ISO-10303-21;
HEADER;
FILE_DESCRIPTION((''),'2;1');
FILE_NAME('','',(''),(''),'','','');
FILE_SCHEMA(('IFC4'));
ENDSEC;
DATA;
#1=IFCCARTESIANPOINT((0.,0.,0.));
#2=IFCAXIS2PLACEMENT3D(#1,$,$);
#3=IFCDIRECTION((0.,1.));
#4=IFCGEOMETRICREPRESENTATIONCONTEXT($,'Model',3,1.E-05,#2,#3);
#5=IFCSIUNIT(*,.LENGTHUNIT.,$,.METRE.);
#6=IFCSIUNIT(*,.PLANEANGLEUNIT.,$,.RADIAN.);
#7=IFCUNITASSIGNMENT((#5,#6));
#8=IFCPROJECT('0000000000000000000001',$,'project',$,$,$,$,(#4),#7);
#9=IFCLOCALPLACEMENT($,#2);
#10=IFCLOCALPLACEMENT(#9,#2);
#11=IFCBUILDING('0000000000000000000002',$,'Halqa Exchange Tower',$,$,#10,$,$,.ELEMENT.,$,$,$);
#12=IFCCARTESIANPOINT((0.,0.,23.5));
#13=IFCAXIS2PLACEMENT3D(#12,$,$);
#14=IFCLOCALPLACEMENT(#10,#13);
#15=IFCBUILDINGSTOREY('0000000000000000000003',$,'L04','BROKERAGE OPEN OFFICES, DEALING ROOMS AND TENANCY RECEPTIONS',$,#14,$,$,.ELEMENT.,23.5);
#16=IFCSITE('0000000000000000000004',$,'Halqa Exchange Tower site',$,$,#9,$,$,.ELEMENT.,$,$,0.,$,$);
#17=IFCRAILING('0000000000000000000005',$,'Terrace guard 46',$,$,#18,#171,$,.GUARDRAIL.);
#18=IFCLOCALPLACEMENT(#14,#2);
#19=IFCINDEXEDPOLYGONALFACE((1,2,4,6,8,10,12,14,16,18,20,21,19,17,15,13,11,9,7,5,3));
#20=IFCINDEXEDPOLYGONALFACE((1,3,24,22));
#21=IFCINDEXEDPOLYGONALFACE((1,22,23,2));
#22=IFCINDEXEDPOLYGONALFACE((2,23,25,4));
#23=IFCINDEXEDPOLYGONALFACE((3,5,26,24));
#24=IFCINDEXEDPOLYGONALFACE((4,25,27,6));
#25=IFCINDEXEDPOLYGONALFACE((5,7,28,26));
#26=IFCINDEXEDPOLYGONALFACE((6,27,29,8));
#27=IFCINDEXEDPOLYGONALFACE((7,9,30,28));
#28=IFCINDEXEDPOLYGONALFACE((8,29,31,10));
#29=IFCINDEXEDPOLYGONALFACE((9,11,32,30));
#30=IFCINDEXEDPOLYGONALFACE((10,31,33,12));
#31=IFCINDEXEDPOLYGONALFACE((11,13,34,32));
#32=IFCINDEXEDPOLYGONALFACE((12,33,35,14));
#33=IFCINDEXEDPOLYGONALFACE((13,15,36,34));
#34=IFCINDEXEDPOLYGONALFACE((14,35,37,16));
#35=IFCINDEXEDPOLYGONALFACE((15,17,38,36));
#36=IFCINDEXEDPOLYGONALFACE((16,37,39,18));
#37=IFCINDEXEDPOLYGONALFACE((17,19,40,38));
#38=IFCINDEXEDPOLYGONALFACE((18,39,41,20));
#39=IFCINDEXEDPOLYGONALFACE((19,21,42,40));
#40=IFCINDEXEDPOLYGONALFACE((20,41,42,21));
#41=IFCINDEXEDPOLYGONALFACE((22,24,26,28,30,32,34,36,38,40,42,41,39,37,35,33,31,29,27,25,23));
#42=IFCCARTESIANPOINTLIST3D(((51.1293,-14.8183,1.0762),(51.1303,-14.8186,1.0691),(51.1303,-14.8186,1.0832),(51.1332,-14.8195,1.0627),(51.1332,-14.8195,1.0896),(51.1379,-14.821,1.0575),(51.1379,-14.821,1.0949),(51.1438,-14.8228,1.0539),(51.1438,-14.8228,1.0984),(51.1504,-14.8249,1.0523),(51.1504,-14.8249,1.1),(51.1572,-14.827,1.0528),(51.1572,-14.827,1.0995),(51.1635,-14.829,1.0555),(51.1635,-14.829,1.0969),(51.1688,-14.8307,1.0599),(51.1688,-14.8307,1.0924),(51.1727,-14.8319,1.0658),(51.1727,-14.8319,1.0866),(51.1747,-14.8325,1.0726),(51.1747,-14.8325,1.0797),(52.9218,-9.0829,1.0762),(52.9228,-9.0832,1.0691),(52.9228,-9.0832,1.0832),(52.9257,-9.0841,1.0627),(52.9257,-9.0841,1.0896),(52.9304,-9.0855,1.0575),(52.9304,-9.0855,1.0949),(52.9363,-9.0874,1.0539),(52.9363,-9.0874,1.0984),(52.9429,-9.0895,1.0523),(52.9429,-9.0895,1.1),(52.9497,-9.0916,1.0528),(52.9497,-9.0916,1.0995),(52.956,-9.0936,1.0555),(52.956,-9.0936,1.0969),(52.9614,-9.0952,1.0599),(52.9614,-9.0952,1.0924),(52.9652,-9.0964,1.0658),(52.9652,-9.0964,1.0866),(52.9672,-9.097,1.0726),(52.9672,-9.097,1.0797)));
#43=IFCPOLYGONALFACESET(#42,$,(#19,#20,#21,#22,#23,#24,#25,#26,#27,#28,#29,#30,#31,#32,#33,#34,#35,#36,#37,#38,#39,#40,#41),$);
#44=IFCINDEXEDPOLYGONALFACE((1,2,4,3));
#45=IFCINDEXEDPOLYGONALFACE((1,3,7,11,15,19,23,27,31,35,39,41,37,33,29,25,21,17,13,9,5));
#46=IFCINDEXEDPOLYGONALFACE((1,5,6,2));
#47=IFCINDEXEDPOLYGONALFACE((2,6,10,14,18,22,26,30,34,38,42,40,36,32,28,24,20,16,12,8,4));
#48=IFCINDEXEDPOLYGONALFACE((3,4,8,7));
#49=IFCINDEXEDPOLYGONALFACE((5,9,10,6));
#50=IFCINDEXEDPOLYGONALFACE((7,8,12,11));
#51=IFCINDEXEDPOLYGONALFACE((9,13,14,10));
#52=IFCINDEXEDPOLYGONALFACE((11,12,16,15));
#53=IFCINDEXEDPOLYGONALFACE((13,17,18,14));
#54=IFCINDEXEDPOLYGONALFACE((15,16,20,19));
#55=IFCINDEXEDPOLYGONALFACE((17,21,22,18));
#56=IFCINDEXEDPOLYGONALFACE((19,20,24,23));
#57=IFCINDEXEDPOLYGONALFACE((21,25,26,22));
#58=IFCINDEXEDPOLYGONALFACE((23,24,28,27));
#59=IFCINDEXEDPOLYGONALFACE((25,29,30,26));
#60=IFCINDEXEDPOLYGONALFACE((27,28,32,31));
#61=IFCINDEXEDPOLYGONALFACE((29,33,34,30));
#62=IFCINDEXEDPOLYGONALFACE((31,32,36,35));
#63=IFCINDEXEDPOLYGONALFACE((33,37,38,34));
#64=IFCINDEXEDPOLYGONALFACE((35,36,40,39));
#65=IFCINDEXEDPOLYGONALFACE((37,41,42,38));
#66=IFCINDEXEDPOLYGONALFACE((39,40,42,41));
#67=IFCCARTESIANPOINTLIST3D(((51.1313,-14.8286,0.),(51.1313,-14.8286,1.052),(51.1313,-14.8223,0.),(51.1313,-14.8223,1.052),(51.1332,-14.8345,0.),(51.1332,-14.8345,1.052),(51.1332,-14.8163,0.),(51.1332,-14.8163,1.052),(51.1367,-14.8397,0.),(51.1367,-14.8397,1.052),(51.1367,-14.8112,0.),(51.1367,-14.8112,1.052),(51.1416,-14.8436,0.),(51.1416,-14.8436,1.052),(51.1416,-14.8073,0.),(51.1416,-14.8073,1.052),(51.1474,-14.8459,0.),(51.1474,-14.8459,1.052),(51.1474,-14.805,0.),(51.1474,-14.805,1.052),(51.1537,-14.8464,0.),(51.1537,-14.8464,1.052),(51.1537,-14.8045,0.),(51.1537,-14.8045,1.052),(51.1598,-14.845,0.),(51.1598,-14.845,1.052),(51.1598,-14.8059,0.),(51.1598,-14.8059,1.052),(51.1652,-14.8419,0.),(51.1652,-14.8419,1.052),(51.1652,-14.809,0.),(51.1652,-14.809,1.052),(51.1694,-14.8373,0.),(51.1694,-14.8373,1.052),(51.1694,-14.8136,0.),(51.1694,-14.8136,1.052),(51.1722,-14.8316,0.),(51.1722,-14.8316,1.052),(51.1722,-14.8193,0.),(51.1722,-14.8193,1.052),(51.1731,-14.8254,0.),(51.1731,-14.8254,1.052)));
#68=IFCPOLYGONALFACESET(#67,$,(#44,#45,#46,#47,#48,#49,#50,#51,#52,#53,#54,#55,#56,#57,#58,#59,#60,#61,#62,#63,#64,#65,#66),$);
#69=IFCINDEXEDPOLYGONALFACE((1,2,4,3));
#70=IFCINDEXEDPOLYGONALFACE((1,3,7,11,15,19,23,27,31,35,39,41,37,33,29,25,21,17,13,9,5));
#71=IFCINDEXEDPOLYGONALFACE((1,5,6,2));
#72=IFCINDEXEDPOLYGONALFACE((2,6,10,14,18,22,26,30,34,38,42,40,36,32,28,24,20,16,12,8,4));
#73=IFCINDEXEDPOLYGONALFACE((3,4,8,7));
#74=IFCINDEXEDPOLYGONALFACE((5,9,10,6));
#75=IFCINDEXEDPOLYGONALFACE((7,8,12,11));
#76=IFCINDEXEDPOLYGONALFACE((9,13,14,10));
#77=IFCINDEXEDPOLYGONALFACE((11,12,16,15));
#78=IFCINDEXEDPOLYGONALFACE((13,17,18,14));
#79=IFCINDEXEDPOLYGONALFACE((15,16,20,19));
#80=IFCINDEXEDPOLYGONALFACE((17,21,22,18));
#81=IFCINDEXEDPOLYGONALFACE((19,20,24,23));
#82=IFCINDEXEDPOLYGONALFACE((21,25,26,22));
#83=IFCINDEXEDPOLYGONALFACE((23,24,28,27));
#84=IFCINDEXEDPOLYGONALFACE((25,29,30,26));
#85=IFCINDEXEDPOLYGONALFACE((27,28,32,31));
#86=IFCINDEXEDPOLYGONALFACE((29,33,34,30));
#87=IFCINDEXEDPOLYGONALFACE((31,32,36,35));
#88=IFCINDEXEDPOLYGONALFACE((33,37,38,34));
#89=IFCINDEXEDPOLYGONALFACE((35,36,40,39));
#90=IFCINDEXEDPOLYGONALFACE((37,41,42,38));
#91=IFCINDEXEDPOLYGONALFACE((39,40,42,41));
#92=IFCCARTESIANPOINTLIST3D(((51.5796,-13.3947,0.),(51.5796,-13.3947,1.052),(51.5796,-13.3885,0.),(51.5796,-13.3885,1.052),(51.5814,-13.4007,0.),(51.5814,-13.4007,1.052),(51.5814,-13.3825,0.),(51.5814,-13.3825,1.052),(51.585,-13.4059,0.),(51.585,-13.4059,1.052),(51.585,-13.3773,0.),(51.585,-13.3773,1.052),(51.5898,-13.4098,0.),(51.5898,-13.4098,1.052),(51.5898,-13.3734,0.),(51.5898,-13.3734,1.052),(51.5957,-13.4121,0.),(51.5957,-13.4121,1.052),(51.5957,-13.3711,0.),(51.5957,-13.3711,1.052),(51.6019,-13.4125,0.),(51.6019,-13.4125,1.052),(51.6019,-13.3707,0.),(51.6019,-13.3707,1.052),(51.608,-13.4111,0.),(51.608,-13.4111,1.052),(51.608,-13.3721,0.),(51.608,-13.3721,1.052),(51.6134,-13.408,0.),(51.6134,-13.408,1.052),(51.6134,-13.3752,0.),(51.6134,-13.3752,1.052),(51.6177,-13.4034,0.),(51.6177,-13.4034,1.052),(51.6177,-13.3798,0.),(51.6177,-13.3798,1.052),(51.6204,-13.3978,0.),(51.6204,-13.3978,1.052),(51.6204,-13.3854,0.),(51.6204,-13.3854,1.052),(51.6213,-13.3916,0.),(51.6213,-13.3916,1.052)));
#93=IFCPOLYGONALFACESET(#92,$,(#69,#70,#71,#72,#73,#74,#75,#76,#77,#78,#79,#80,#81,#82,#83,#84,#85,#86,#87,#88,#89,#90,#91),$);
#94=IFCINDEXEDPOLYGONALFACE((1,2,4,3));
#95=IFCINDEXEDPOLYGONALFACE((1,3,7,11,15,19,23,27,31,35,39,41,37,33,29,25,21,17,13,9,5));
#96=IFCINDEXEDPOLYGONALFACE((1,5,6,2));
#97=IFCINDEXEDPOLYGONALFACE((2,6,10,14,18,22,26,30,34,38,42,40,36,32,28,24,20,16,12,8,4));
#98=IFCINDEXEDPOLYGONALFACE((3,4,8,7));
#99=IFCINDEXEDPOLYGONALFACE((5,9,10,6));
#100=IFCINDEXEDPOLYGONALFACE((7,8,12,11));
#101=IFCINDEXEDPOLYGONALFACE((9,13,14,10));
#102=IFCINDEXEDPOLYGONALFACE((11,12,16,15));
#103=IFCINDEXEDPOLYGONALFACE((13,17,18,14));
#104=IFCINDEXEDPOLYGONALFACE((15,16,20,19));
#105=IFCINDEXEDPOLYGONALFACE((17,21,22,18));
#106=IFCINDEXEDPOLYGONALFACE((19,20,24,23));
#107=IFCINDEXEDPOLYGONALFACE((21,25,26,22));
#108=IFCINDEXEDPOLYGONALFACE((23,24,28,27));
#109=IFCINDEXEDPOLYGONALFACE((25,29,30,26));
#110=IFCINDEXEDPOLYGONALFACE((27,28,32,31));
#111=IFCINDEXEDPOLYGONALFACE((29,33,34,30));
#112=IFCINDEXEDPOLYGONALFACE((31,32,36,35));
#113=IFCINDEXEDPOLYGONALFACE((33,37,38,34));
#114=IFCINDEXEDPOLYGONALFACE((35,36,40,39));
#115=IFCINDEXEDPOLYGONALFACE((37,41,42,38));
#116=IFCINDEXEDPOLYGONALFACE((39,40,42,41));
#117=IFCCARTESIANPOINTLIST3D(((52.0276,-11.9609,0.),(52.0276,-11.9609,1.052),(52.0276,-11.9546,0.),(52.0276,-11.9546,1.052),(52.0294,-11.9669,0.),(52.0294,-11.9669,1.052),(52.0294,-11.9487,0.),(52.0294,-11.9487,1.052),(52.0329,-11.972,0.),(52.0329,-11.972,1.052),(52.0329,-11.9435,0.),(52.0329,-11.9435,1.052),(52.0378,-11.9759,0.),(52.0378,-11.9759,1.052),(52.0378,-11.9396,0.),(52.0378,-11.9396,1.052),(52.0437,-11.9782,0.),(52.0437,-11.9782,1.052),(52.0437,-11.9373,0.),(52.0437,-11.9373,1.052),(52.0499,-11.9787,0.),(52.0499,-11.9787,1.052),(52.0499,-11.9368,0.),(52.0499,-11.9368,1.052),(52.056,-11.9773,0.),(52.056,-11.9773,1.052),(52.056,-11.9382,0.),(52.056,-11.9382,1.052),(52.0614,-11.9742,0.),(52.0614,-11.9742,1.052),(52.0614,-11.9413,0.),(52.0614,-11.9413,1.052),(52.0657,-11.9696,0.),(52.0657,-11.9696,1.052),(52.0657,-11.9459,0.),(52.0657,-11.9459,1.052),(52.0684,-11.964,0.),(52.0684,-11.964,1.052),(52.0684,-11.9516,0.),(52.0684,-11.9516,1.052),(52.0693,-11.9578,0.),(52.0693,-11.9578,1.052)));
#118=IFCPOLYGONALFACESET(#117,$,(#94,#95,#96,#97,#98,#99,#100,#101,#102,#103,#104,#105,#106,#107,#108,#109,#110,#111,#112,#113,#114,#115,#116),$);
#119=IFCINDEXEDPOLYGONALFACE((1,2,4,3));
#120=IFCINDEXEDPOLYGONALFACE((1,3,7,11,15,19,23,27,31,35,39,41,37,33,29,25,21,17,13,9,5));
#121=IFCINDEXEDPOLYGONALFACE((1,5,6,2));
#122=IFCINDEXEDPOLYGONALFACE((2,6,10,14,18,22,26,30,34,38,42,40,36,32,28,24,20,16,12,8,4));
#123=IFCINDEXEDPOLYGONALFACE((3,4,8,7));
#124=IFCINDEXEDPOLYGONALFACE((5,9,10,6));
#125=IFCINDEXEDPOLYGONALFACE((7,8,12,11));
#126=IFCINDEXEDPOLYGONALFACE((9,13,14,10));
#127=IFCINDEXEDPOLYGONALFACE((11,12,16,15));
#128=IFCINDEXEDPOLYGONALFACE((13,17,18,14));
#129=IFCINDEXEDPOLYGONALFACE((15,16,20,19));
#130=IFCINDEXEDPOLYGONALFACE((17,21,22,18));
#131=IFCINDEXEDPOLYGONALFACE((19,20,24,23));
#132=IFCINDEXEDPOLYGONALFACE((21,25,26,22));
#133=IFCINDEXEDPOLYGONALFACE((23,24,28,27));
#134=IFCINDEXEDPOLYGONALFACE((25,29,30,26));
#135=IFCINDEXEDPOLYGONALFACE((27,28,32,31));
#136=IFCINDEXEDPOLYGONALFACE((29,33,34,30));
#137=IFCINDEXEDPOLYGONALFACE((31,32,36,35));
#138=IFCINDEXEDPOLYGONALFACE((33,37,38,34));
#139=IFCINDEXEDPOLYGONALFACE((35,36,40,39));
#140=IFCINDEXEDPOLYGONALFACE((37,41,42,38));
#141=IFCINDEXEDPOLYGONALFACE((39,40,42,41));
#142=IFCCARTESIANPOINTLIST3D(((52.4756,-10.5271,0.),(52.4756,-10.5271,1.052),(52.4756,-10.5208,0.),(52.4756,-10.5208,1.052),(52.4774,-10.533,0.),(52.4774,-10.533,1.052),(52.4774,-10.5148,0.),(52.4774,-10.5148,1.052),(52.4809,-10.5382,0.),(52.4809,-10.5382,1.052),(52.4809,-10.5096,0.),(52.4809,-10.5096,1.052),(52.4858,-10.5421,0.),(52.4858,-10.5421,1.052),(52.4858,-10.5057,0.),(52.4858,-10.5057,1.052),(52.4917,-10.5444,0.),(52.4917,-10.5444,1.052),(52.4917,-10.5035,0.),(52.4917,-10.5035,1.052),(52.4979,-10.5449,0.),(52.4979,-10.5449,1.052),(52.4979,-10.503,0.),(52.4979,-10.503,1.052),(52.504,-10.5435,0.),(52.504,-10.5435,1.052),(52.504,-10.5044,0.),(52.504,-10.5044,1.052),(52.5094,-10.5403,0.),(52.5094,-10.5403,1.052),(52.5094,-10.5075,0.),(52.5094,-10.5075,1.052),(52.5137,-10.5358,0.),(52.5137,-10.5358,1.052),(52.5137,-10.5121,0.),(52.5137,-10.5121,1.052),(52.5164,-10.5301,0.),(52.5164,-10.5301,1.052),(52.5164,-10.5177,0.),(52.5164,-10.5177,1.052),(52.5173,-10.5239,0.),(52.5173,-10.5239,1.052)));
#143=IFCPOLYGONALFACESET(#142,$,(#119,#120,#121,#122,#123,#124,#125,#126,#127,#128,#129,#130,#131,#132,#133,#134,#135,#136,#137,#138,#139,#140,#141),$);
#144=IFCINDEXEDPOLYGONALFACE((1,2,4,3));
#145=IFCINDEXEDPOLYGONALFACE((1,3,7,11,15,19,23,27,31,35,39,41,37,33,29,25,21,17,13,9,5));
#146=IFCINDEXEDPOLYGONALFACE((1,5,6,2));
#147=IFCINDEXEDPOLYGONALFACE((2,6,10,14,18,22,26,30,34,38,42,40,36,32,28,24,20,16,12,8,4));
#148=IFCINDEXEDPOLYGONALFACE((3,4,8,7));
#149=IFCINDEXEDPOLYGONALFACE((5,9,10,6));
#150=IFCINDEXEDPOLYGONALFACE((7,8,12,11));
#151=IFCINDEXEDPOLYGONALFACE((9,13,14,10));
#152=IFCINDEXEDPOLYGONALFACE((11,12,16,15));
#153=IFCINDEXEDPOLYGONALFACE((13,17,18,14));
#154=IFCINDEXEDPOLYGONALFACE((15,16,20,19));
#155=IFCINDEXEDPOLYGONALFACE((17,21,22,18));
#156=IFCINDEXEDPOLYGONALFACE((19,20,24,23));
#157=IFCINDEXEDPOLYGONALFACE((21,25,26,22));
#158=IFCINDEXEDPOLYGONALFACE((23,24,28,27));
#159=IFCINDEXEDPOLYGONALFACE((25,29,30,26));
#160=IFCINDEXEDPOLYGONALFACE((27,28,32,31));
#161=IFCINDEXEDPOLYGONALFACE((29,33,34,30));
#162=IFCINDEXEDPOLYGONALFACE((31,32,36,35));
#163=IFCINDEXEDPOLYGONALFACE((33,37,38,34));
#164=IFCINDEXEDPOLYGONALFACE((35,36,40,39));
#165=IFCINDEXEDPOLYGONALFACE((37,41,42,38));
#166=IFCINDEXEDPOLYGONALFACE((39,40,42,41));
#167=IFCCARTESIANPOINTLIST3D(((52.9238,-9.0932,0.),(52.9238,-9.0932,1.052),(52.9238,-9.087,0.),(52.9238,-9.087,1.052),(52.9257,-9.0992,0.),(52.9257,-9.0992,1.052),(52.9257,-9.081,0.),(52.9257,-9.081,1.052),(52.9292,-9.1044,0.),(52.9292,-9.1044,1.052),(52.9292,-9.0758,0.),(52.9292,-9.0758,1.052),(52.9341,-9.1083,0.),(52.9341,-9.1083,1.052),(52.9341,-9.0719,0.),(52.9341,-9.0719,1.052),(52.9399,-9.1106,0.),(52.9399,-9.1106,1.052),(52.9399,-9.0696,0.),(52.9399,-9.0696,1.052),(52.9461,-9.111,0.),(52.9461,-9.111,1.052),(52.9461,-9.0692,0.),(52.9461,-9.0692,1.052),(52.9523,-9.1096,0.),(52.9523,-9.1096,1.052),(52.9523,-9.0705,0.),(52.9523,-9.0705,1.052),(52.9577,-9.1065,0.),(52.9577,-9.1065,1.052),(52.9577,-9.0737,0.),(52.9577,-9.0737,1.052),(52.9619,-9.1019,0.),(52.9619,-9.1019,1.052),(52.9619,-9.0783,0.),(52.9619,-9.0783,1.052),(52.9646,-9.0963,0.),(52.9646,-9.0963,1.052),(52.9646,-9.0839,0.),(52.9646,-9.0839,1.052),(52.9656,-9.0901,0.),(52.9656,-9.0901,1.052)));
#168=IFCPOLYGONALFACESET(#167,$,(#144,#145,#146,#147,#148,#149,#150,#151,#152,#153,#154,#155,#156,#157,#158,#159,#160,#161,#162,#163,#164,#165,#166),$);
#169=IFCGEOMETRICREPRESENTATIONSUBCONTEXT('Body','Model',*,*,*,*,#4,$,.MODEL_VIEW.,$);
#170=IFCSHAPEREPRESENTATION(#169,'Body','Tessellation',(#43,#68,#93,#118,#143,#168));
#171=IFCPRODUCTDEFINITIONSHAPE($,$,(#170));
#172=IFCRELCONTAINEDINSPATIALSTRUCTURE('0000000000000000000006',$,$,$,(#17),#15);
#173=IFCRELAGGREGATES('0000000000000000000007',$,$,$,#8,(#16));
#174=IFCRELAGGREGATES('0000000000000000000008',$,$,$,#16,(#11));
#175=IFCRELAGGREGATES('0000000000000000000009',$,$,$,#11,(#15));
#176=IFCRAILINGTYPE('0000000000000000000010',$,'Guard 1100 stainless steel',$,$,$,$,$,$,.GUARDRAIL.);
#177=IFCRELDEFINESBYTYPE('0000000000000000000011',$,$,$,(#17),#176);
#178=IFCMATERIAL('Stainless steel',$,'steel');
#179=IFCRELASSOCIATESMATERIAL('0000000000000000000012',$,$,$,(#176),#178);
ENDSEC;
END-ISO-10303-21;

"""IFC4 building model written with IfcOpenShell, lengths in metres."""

from ifc_helpers import new_model, si_unit, direction, frame, origin, origin_2d, place, context, subcontext, project, spatial, circle, extrude, material, type_object, element, save


model = new_model("IFC4")

# Units and contexts
model_context = context("Model", 3, precision=1e-05, world=origin(), true_north=direction((0.0, 1.0)))
body_context = subcontext(model_context, "Body", "Model", "MODEL_VIEW")
ifc_project = project(units=[si_unit("LENGTHUNIT", "METRE"), si_unit("PLANEANGLEUNIT", "RADIAN")], contexts=[model_context])

# Site, building, storey
site_placement = place(None, origin())
site = spatial("IfcSite", under=ifc_project, at=site_placement, Name="Halqa Exchange Tower site", CompositionType="ELEMENT", RefElevation=0.0)
building_placement = place(site_placement, origin())
building = spatial("IfcBuilding", under=site, at=building_placement, Name="Halqa Exchange Tower", CompositionType="ELEMENT")
storey_placement = place(building_placement, frame((0.0, 0.0, 23.5)))
storey = spatial("IfcBuildingStorey", under=building, at=storey_placement, Name="L04", Description="BROKERAGE OPEN OFFICES, DEALING ROOMS AND TENANCY RECEPTIONS", CompositionType="ELEMENT", Elevation=23.5)

# Railing
ifc_material_1 = material(Name="Stainless steel", Category="steel")
railing_type = type_object("IfcRailingType", Name="Guard 1100 stainless steel", PredefinedType="GUARDRAIL", material=ifc_material_1)
railing_1_placement = place(storey_placement, frame((51.1521, -14.8254, 0.0)))
element("IfcRailing", 1, at=railing_1_placement, inside=storey, type_object=railing_type, Name="Terrace guard 46", PredefinedType="GUARDRAIL", context=body_context, shape_type="SweptSolid", body=[
    extrude(circle(Radius=0.0239, at=origin_2d()), frame((0.0, 0.0, 1.0762), z_axis=(0.298303, 0.954471, 0.0), x_axis=(-0.954471, 0.298303, 0.0)), (0.0, 0.0, 1.0), 6.009),
    extrude(circle(Radius=0.021, at=origin_2d()), origin(), (0.0, 0.0, 1.0), 1.052),
    extrude(circle(Radius=0.021, at=origin_2d()), frame((0.4482, 1.4338, 0.0)), (0.0, 0.0, 1.0), 1.052),
    extrude(circle(Radius=0.021, at=origin_2d()), frame((0.8962, 2.8677, 0.0)), (0.0, 0.0, 1.0), 1.052),
    extrude(circle(Radius=0.021, at=origin_2d()), frame((1.3442, 4.3015, 0.0)), (0.0, 0.0, 1.0), 1.052),
    extrude(circle(Radius=0.021, at=origin_2d()), frame((1.7925, 5.7354, 0.0)), (0.0, 0.0, 1.0), 1.052),
])

save(model, "model.ifc")
